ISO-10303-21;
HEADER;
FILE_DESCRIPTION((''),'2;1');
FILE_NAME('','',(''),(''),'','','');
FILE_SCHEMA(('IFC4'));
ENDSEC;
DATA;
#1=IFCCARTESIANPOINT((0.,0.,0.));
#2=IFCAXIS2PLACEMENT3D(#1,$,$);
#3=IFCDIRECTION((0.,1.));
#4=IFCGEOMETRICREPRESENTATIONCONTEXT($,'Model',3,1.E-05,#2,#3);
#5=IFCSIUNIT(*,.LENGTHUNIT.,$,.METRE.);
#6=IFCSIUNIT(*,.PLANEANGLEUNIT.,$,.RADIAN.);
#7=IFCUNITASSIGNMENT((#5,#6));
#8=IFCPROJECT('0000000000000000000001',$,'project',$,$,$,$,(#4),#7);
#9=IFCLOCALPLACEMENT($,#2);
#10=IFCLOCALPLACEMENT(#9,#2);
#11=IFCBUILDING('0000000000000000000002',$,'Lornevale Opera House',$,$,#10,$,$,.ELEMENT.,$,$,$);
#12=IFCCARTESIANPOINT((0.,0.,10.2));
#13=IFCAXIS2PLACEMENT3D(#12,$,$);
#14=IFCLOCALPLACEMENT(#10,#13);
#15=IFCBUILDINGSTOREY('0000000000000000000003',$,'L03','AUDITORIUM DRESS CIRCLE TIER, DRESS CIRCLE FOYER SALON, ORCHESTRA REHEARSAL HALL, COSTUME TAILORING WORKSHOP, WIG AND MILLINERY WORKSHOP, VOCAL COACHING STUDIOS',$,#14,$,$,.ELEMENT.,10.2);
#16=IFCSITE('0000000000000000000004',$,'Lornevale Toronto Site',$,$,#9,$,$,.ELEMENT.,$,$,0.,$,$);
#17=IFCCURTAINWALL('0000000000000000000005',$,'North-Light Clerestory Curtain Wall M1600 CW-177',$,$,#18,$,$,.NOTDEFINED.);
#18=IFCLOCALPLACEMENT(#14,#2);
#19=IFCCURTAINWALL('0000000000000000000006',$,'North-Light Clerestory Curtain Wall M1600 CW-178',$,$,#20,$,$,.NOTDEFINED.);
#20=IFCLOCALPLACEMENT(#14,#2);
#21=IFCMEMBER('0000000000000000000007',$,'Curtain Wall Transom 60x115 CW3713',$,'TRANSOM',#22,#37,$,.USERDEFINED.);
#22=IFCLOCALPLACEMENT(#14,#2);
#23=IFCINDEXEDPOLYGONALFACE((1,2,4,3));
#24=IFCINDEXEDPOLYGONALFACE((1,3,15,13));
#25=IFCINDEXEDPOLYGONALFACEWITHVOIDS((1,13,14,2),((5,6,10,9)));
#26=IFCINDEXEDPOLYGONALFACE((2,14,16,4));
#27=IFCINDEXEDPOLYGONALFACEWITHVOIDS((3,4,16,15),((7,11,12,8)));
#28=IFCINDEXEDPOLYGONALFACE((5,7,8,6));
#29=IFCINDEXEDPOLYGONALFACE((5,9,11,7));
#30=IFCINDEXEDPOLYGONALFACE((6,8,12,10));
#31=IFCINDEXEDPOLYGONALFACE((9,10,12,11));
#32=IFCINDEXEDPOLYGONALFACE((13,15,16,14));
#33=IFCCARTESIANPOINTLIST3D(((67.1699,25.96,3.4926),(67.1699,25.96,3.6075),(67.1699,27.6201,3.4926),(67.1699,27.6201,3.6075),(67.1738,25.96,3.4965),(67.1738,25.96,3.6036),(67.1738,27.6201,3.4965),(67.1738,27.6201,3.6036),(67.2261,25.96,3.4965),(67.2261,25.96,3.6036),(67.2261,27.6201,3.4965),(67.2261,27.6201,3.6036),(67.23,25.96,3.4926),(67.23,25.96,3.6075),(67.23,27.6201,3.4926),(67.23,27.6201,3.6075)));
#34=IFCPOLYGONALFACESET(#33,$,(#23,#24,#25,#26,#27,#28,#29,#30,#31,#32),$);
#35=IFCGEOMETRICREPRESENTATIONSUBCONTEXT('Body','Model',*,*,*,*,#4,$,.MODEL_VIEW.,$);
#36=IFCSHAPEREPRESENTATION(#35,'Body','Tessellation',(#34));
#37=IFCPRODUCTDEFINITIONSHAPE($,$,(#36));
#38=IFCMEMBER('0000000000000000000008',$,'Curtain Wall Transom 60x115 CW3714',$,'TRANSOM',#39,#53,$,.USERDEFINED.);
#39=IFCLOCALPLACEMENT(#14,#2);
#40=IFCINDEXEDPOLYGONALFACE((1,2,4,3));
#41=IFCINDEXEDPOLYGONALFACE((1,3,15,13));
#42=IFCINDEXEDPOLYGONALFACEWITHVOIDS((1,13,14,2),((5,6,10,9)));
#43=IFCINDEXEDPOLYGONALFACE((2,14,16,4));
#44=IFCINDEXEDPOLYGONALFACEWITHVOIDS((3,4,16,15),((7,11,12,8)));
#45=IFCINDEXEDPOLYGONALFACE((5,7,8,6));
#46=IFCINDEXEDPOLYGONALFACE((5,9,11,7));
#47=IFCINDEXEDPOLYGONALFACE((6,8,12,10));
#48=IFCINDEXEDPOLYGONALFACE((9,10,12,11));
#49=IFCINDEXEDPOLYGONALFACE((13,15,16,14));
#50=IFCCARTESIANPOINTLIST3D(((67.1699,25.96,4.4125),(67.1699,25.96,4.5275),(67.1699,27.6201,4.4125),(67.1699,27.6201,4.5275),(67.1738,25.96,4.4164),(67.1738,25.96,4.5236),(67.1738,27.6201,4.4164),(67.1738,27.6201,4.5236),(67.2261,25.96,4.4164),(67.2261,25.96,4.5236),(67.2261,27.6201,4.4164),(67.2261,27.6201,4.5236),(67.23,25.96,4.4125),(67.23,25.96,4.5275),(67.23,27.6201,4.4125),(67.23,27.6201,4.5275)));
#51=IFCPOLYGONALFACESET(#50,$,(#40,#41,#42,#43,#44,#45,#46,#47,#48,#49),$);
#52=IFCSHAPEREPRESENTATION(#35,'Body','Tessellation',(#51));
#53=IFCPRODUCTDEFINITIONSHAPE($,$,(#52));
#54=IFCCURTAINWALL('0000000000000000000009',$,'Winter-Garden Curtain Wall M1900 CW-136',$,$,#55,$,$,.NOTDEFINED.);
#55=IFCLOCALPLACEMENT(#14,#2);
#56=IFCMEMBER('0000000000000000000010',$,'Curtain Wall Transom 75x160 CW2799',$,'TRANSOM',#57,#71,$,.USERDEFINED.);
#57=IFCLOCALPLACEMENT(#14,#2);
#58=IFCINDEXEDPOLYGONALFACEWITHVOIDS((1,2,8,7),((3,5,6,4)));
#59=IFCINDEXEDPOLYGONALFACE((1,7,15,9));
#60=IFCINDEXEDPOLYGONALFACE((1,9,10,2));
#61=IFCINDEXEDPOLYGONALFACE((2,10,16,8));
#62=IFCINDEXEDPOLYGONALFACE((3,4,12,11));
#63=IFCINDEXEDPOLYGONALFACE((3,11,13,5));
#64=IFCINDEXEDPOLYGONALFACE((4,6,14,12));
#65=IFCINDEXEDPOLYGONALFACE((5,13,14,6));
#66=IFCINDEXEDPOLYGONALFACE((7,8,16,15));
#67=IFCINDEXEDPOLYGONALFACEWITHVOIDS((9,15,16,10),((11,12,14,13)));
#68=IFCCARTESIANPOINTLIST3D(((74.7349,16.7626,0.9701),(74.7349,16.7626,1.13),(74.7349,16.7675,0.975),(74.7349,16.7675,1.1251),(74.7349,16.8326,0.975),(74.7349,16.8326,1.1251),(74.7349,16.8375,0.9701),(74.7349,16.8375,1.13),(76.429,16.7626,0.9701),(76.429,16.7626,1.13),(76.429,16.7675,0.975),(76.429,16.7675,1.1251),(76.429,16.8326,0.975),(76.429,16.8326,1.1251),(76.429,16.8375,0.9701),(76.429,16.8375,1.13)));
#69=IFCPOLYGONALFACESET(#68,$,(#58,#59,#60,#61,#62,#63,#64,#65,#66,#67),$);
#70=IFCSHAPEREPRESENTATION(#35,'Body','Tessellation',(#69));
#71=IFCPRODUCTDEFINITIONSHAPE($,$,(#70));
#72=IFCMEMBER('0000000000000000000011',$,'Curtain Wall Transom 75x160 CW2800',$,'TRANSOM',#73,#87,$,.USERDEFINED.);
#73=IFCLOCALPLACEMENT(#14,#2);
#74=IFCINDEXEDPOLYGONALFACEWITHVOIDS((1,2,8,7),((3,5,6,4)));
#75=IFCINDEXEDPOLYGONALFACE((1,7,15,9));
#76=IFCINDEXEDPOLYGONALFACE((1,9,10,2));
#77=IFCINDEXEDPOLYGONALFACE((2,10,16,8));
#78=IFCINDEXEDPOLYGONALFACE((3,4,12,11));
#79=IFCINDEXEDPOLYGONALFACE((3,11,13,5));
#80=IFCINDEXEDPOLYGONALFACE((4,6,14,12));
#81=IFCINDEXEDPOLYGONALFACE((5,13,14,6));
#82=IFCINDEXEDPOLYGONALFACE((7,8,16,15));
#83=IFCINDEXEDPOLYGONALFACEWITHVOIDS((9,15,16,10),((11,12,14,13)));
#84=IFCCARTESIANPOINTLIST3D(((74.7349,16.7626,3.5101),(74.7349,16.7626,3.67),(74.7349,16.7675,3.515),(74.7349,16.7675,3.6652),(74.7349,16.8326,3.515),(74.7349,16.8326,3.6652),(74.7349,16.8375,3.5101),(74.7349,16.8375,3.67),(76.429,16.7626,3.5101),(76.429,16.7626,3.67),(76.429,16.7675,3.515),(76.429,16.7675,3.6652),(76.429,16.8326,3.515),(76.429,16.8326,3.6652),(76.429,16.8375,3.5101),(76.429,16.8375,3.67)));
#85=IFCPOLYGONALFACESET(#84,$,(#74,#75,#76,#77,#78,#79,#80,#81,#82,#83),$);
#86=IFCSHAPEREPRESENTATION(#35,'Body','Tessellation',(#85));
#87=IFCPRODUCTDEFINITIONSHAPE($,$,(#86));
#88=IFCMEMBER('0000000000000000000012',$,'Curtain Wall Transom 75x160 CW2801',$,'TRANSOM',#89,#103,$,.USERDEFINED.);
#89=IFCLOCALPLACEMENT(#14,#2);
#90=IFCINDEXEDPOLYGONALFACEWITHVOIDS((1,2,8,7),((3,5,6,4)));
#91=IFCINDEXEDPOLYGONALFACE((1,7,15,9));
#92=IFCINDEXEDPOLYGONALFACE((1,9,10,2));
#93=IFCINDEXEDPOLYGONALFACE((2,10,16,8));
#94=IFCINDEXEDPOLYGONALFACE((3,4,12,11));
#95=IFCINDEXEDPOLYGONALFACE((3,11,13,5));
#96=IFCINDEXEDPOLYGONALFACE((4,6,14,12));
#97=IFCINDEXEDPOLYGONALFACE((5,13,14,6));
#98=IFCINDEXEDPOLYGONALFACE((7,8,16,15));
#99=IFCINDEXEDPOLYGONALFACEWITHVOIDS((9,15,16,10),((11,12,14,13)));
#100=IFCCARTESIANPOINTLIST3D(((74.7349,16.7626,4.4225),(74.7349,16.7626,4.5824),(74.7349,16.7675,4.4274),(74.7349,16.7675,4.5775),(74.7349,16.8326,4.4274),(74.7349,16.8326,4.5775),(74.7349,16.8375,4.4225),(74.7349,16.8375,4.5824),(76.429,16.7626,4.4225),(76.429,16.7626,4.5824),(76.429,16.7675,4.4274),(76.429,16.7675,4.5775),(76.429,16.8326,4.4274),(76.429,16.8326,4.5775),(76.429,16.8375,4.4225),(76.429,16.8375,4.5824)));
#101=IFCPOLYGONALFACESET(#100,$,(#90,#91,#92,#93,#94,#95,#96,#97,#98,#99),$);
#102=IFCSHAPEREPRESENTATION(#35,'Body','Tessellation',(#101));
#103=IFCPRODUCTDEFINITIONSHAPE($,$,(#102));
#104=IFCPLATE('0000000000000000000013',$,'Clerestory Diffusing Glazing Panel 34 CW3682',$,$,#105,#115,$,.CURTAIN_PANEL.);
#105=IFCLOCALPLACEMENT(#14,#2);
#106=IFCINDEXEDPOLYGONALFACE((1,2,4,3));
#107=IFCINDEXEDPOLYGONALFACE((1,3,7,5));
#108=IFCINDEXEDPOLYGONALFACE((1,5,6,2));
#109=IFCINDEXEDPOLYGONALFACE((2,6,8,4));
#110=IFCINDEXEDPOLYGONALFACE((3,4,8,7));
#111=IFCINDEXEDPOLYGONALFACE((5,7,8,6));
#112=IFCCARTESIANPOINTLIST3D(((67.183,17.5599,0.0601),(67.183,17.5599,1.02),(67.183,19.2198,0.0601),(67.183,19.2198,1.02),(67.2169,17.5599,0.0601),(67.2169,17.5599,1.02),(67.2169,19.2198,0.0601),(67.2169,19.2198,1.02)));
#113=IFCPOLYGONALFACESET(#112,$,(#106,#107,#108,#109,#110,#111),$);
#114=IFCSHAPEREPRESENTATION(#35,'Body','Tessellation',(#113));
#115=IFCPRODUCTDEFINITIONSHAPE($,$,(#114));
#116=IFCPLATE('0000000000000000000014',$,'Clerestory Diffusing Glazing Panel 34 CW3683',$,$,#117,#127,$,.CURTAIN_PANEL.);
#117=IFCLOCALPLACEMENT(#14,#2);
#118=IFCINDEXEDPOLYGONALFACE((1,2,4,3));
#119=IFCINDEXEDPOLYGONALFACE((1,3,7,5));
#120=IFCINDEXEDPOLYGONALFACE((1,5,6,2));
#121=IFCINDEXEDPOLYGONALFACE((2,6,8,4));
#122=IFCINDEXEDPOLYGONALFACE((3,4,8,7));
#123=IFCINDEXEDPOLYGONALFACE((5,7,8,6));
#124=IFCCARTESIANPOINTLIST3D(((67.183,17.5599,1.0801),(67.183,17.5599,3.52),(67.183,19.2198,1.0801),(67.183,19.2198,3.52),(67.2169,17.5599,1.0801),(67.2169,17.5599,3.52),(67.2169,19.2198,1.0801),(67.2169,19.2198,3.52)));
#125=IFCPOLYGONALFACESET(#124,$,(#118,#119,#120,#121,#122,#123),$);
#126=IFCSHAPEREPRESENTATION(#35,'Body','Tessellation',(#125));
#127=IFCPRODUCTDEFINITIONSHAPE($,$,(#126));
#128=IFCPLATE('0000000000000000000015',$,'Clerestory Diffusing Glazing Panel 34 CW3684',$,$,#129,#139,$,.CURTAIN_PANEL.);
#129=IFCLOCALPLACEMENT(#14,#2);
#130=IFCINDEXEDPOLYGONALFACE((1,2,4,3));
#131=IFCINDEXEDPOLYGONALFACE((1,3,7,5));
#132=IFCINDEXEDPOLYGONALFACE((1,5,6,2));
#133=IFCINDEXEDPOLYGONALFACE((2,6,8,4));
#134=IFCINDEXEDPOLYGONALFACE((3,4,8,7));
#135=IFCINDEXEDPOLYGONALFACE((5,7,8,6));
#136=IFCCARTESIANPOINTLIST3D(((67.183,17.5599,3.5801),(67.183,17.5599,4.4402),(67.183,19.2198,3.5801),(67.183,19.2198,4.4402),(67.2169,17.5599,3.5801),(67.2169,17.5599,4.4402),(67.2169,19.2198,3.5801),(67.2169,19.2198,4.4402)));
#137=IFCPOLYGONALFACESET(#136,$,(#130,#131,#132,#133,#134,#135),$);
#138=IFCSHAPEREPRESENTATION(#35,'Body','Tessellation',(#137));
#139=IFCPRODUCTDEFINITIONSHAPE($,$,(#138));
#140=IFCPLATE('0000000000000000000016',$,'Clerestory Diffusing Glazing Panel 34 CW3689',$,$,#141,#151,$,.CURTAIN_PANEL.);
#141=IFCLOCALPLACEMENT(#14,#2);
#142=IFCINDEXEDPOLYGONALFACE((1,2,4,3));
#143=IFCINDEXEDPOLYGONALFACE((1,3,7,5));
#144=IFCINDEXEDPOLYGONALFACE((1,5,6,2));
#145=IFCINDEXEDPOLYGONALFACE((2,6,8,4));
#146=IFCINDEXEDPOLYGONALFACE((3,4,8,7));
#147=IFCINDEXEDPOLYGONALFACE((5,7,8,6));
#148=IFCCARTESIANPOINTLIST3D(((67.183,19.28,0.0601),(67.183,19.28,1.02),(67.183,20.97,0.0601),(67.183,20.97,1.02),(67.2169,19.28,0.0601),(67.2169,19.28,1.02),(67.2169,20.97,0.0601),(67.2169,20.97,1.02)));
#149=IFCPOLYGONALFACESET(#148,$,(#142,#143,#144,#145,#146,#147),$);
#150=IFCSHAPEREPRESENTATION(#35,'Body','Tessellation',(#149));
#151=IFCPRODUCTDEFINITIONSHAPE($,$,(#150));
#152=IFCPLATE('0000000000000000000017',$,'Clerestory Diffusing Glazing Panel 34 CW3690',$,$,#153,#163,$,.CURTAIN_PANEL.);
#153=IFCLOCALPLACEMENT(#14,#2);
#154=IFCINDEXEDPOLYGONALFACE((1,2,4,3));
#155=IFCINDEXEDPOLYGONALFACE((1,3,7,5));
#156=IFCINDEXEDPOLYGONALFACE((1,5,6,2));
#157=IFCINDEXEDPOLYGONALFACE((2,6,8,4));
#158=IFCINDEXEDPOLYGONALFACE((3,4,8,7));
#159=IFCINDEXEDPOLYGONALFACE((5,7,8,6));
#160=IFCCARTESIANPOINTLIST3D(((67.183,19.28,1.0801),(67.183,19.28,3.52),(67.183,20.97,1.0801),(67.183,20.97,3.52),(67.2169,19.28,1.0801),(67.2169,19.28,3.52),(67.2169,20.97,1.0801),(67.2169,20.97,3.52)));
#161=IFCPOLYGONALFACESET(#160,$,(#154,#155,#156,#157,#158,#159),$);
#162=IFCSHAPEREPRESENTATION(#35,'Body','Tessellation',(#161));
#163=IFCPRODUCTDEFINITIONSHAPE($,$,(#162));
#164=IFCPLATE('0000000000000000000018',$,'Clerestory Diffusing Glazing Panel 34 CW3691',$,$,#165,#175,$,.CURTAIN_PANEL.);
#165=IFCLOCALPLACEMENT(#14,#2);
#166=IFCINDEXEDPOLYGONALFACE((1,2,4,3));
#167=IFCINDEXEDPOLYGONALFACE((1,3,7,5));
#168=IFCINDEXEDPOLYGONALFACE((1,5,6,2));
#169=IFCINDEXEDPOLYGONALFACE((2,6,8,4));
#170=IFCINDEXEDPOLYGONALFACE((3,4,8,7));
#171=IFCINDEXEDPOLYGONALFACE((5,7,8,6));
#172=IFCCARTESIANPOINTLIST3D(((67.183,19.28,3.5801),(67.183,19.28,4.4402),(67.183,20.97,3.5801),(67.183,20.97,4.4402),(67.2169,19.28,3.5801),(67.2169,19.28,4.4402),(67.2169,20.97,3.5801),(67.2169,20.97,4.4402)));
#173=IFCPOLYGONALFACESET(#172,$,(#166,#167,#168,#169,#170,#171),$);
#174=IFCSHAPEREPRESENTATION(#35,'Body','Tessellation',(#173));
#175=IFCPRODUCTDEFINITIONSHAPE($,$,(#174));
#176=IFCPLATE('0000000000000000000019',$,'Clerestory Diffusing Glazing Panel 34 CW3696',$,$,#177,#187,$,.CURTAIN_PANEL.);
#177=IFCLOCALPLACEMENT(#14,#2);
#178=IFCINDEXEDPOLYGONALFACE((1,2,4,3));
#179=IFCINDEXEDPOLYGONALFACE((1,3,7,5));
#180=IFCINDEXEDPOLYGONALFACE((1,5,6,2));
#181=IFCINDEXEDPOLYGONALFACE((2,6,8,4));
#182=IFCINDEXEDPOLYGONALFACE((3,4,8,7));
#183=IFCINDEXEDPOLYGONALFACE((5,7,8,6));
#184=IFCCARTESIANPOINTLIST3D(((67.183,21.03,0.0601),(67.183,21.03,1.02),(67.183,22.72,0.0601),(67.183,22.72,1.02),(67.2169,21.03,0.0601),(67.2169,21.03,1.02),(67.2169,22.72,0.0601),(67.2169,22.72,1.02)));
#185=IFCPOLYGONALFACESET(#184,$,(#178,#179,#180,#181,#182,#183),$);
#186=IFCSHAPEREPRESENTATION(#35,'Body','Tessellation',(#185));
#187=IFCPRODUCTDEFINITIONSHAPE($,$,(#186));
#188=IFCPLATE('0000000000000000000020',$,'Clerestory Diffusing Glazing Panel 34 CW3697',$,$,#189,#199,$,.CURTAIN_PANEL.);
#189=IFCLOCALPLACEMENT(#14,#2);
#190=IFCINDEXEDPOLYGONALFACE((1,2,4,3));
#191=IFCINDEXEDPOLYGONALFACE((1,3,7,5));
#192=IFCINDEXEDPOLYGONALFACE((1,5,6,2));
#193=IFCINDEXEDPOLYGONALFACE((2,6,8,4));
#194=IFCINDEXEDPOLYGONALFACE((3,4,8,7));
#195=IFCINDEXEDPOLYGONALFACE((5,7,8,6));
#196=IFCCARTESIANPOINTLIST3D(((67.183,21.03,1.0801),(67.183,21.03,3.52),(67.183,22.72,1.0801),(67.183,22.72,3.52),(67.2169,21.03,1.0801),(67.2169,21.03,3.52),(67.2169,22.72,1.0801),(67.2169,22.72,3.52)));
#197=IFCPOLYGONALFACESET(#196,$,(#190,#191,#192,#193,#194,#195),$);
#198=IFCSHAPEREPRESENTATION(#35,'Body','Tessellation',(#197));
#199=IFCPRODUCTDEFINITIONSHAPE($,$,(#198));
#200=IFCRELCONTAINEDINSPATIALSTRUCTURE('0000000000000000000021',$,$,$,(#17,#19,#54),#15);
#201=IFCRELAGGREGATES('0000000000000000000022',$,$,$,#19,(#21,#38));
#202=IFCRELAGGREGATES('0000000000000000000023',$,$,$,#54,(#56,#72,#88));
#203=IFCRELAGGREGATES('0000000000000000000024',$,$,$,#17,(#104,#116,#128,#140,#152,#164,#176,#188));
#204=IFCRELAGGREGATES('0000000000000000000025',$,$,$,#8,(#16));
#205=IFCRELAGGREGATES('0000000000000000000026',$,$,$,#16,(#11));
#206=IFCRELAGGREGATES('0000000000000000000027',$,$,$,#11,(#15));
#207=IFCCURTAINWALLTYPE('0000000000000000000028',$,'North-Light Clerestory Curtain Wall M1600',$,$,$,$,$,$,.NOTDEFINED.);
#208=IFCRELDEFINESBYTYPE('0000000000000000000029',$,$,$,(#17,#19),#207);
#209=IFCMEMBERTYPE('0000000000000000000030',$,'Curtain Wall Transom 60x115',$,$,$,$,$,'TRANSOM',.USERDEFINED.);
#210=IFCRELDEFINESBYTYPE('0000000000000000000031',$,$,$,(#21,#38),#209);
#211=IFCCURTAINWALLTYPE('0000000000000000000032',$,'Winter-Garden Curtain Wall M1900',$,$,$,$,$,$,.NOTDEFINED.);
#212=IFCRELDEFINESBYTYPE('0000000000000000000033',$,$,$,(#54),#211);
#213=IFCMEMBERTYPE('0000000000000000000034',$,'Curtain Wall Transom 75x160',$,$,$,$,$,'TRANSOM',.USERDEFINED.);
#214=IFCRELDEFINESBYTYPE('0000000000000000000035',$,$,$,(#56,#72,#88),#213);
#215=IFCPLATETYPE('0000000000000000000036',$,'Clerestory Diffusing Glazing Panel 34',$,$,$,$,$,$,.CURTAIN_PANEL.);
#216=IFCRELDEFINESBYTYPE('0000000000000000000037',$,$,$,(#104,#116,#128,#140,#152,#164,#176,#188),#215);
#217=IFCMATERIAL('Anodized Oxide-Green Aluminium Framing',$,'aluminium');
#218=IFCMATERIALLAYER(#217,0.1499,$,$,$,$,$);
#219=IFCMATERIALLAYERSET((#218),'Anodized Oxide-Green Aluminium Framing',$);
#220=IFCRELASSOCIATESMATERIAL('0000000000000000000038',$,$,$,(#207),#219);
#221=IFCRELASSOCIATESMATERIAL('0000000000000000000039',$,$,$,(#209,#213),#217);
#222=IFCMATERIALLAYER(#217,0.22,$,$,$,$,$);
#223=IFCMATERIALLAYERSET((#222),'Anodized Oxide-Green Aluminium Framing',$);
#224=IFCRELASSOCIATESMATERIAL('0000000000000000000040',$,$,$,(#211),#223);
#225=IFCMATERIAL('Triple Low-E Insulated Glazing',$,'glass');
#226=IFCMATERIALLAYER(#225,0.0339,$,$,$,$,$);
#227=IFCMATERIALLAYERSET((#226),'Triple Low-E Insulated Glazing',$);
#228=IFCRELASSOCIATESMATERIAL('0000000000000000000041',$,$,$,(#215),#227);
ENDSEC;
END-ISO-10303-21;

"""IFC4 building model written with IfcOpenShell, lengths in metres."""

from ifc_helpers import new_model, si_unit, direction, frame, origin, origin_2d, place, context, subcontext, project, spatial, rectangle, hollow_rectangle, extrude, material, layer, layer_set, material_profile, profile_set, type_object, element, aggregate, save


model = new_model("IFC4")

# Units and contexts
model_context = context("Model", 3, precision=1e-05, world=origin(), true_north=direction((0.0, 1.0)))
body_context = subcontext(model_context, "Body", "Model", "MODEL_VIEW")
ifc_project = project(units=[si_unit("LENGTHUNIT", "METRE"), si_unit("PLANEANGLEUNIT", "RADIAN")], contexts=[model_context])

# Site, building, storey
site_placement = place(None, origin())
site = spatial("IfcSite", under=ifc_project, at=site_placement, Name="Lornevale Toronto Site", CompositionType="ELEMENT", RefElevation=0.0)
building_placement = place(site_placement, origin())
building = spatial("IfcBuilding", under=site, at=building_placement, Name="Lornevale Opera House", CompositionType="ELEMENT")
storey_placement = place(building_placement, frame((0.0, 0.0, 10.2)))
storey = spatial("IfcBuildingStorey", under=building, at=storey_placement, Name="L03", Description="AUDITORIUM DRESS CIRCLE TIER, DRESS CIRCLE FOYER SALON, ORCHESTRA REHEARSAL HALL, COSTUME TAILORING WORKSHOP, WIG AND MILLINERY WORKSHOP, VOCAL COACHING STUDIOS", CompositionType="ELEMENT", Elevation=10.2)

# Curtain wall
ifc_material_1 = material(Name="Anodized Oxide-Green Aluminium Framing", Category="aluminium")
ifc_layer_1 = layer(ifc_material_1, 0.1499)
ifc_layer_set_1 = layer_set([ifc_layer_1], Name="Anodized Oxide-Green Aluminium Framing")
curtain_wall_type_1 = type_object("IfcCurtainWallType", Name="North-Light Clerestory Curtain Wall M1600", PredefinedType="NOTDEFINED", material=ifc_layer_set_1)
curtain_wall_1_placement = place(storey_placement, origin())
curtain_wall_1 = element("IfcCurtainWall", 1, at=curtain_wall_1_placement, inside=storey, type_object=curtain_wall_type_1, Name="North-Light Clerestory Curtain Wall M1600 CW-177", PredefinedType="NOTDEFINED")

# Curtain wall
curtain_wall_2_placement = place(storey_placement, origin())
curtain_wall_2 = element("IfcCurtainWall", 2, at=curtain_wall_2_placement, inside=storey, type_object=curtain_wall_type_1, Name="North-Light Clerestory Curtain Wall M1600 CW-178", PredefinedType="NOTDEFINED")

# Members
ifc_material_profile_1 = material_profile(ifc_material_1, hollow_rectangle(XDim=0.0601, YDim=0.115, WallThickness=0.0039, at=origin_2d()), Name="ALU60x115x4")
ifc_profile_set_1 = profile_set([ifc_material_profile_1], Name="Anodized Oxide-Green Aluminium Framing")
member_type_1 = type_object("IfcMemberType", Name="Curtain Wall Transom 60x115", ElementType="TRANSOM", PredefinedType="USERDEFINED", material=ifc_profile_set_1)
member_1_placement = place(storey_placement, frame((67.2, 25.96, 3.55), z_axis=(0.0, 1.0, 0.0), x_axis=(-1.0, 0.0, 0.0)))
member_1 = element("IfcMember", 3, at=member_1_placement, type_object=member_type_1, Name="Curtain Wall Transom 60x115 CW3713", ObjectType="TRANSOM", PredefinedType="USERDEFINED", context=body_context, shape_type="SweptSolid", body=[
    extrude(hollow_rectangle(XDim=0.0601, YDim=0.115, WallThickness=0.0039, at=origin_2d()), origin(), (0.0, 0.0, 1.0), 1.6602),
])
member_2_placement = place(storey_placement, frame((67.2, 25.96, 4.47), z_axis=(0.0, 1.0, 0.0), x_axis=(-1.0, 0.0, 0.0)))
member_2 = element("IfcMember", 4, at=member_2_placement, type_object=member_type_1, Name="Curtain Wall Transom 60x115 CW3714", ObjectType="TRANSOM", PredefinedType="USERDEFINED", context=body_context, shape_type="SweptSolid", body=[
    extrude(hollow_rectangle(XDim=0.0601, YDim=0.115, WallThickness=0.0039, at=origin_2d()), origin(), (0.0, 0.0, 1.0), 1.6602),
])
aggregate(curtain_wall_2, [member_1, member_2])

# Curtain wall, members
ifc_layer_2 = layer(ifc_material_1, 0.22)
ifc_layer_set_2 = layer_set([ifc_layer_2], Name="Anodized Oxide-Green Aluminium Framing")
curtain_wall_type_2 = type_object("IfcCurtainWallType", Name="Winter-Garden Curtain Wall M1900", PredefinedType="NOTDEFINED", material=ifc_layer_set_2)
curtain_wall_3_placement = place(storey_placement, origin())
curtain_wall_3 = element("IfcCurtainWall", 5, at=curtain_wall_3_placement, inside=storey, type_object=curtain_wall_type_2, Name="Winter-Garden Curtain Wall M1900 CW-136", PredefinedType="NOTDEFINED")
ifc_material_profile_2 = material_profile(ifc_material_1, hollow_rectangle(XDim=0.075, YDim=0.1599, WallThickness=0.0049, at=origin_2d()), Name="ALU75x160x5")
ifc_profile_set_2 = profile_set([ifc_material_profile_2], Name="Anodized Oxide-Green Aluminium Framing")
member_type_2 = type_object("IfcMemberType", Name="Curtain Wall Transom 75x160", ElementType="TRANSOM", PredefinedType="USERDEFINED", material=ifc_profile_set_2)
member_3_placement = place(storey_placement, frame((76.429, 16.8, 1.05), z_axis=(-1.0, 0.0, 0.0), x_axis=(0.0, -1.0, 0.0)))
member_3 = element("IfcMember", 6, at=member_3_placement, type_object=member_type_2, Name="Curtain Wall Transom 75x160 CW2799", ObjectType="TRANSOM", PredefinedType="USERDEFINED", context=body_context, shape_type="SweptSolid", body=[
    extrude(hollow_rectangle(XDim=0.075, YDim=0.1599, WallThickness=0.0049, at=origin_2d()), origin(), (0.0, 0.0, 1.0), 1.6941),
])
member_4_placement = place(storey_placement, frame((76.429, 16.8, 3.5901), z_axis=(-1.0, 0.0, 0.0), x_axis=(0.0, -1.0, 0.0)))
member_4 = element("IfcMember", 7, at=member_4_placement, type_object=member_type_2, Name="Curtain Wall Transom 75x160 CW2800", ObjectType="TRANSOM", PredefinedType="USERDEFINED", context=body_context, shape_type="SweptSolid", body=[
    extrude(hollow_rectangle(XDim=0.075, YDim=0.1599, WallThickness=0.0049, at=origin_2d()), origin(), (0.0, 0.0, 1.0), 1.6941),
])
member_5_placement = place(storey_placement, frame((76.429, 16.8, 4.5024), z_axis=(-1.0, 0.0, 0.0), x_axis=(0.0, -1.0, 0.0)))
member_5 = element("IfcMember", 8, at=member_5_placement, type_object=member_type_2, Name="Curtain Wall Transom 75x160 CW2801", ObjectType="TRANSOM", PredefinedType="USERDEFINED", context=body_context, shape_type="SweptSolid", body=[
    extrude(hollow_rectangle(XDim=0.075, YDim=0.1599, WallThickness=0.0049, at=origin_2d()), origin(), (0.0, 0.0, 1.0), 1.6941),
])
aggregate(curtain_wall_3, [member_3, member_4, member_5])

# Plates
ifc_material_2 = material(Name="Triple Low-E Insulated Glazing", Category="glass")
ifc_layer_3 = layer(ifc_material_2, 0.0339)
ifc_layer_set_3 = layer_set([ifc_layer_3], Name="Triple Low-E Insulated Glazing")
plate_type = type_object("IfcPlateType", Name="Clerestory Diffusing Glazing Panel 34", PredefinedType="CURTAIN_PANEL", material=ifc_layer_set_3)
plate_1_placement = place(storey_placement, frame((67.2, 18.3899, 0.0601), z_axis=(0.0, 0.0, 1.0), x_axis=(0.0, 1.0, 0.0)))
plate_1 = element("IfcPlate", 9, at=plate_1_placement, type_object=plate_type, Name="Clerestory Diffusing Glazing Panel 34 CW3682", PredefinedType="CURTAIN_PANEL", context=body_context, shape_type="SweptSolid", body=[
    extrude(rectangle(XDim=1.6599, YDim=0.0339, at=origin_2d()), origin(), (0.0, 0.0, 1.0), 0.96),
])
plate_2_placement = place(storey_placement, frame((67.2, 18.3899, 1.0801), z_axis=(0.0, 0.0, 1.0), x_axis=(0.0, 1.0, 0.0)))
plate_2 = element("IfcPlate", 10, at=plate_2_placement, type_object=plate_type, Name="Clerestory Diffusing Glazing Panel 34 CW3683", PredefinedType="CURTAIN_PANEL", context=body_context, shape_type="SweptSolid", body=[
    extrude(rectangle(XDim=1.6599, YDim=0.0339, at=origin_2d()), origin(), (0.0, 0.0, 1.0), 2.4399),
])
plate_3_placement = place(storey_placement, frame((67.2, 18.3899, 3.5801), z_axis=(0.0, 0.0, 1.0), x_axis=(0.0, 1.0, 0.0)))
plate_3 = element("IfcPlate", 11, at=plate_3_placement, type_object=plate_type, Name="Clerestory Diffusing Glazing Panel 34 CW3684", PredefinedType="CURTAIN_PANEL", context=body_context, shape_type="SweptSolid", body=[
    extrude(rectangle(XDim=1.6599, YDim=0.0339, at=origin_2d()), origin(), (0.0, 0.0, 1.0), 0.8601),
])
plate_4_placement = place(storey_placement, frame((67.2, 20.125, 0.0601), z_axis=(0.0, 0.0, 1.0), x_axis=(0.0, 1.0, 0.0)))
plate_4 = element("IfcPlate", 12, at=plate_4_placement, type_object=plate_type, Name="Clerestory Diffusing Glazing Panel 34 CW3689", PredefinedType="CURTAIN_PANEL", context=body_context, shape_type="SweptSolid", body=[
    extrude(rectangle(XDim=1.6899, YDim=0.0339, at=origin_2d()), origin(), (0.0, 0.0, 1.0), 0.96),
])
plate_5_placement = place(storey_placement, frame((67.2, 20.125, 1.0801), z_axis=(0.0, 0.0, 1.0), x_axis=(0.0, 1.0, 0.0)))
plate_5 = element("IfcPlate", 13, at=plate_5_placement, type_object=plate_type, Name="Clerestory Diffusing Glazing Panel 34 CW3690", PredefinedType="CURTAIN_PANEL", context=body_context, shape_type="SweptSolid", body=[
    extrude(rectangle(XDim=1.6899, YDim=0.0339, at=origin_2d()), origin(), (0.0, 0.0, 1.0), 2.4399),
])
plate_6_placement = place(storey_placement, frame((67.2, 20.125, 3.5801), z_axis=(0.0, 0.0, 1.0), x_axis=(0.0, 1.0, 0.0)))
plate_6 = element("IfcPlate", 14, at=plate_6_placement, type_object=plate_type, Name="Clerestory Diffusing Glazing Panel 34 CW3691", PredefinedType="CURTAIN_PANEL", context=body_context, shape_type="SweptSolid", body=[
    extrude(rectangle(XDim=1.6899, YDim=0.0339, at=origin_2d()), origin(), (0.0, 0.0, 1.0), 0.8601),
])
plate_7_placement = place(storey_placement, frame((67.2, 21.875, 0.0601), z_axis=(0.0, 0.0, 1.0), x_axis=(0.0, 1.0, 0.0)))
plate_7 = element("IfcPlate", 15, at=plate_7_placement, type_object=plate_type, Name="Clerestory Diffusing Glazing Panel 34 CW3696", PredefinedType="CURTAIN_PANEL", context=body_context, shape_type="SweptSolid", body=[
    extrude(rectangle(XDim=1.6899, YDim=0.0339, at=origin_2d()), origin(), (0.0, 0.0, 1.0), 0.96),
])
plate_8_placement = place(storey_placement, frame((67.2, 21.875, 1.0801), z_axis=(0.0, 0.0, 1.0), x_axis=(0.0, 1.0, 0.0)))
plate_8 = element("IfcPlate", 16, at=plate_8_placement, type_object=plate_type, Name="Clerestory Diffusing Glazing Panel 34 CW3697", PredefinedType="CURTAIN_PANEL", context=body_context, shape_type="SweptSolid", body=[
    extrude(rectangle(XDim=1.6899, YDim=0.0339, at=origin_2d()), origin(), (0.0, 0.0, 1.0), 2.4399),
])
aggregate(curtain_wall_1, [plate_1, plate_2, plate_3, plate_4, plate_5, plate_6, plate_7, plate_8])

save(model, "model.ifc")
